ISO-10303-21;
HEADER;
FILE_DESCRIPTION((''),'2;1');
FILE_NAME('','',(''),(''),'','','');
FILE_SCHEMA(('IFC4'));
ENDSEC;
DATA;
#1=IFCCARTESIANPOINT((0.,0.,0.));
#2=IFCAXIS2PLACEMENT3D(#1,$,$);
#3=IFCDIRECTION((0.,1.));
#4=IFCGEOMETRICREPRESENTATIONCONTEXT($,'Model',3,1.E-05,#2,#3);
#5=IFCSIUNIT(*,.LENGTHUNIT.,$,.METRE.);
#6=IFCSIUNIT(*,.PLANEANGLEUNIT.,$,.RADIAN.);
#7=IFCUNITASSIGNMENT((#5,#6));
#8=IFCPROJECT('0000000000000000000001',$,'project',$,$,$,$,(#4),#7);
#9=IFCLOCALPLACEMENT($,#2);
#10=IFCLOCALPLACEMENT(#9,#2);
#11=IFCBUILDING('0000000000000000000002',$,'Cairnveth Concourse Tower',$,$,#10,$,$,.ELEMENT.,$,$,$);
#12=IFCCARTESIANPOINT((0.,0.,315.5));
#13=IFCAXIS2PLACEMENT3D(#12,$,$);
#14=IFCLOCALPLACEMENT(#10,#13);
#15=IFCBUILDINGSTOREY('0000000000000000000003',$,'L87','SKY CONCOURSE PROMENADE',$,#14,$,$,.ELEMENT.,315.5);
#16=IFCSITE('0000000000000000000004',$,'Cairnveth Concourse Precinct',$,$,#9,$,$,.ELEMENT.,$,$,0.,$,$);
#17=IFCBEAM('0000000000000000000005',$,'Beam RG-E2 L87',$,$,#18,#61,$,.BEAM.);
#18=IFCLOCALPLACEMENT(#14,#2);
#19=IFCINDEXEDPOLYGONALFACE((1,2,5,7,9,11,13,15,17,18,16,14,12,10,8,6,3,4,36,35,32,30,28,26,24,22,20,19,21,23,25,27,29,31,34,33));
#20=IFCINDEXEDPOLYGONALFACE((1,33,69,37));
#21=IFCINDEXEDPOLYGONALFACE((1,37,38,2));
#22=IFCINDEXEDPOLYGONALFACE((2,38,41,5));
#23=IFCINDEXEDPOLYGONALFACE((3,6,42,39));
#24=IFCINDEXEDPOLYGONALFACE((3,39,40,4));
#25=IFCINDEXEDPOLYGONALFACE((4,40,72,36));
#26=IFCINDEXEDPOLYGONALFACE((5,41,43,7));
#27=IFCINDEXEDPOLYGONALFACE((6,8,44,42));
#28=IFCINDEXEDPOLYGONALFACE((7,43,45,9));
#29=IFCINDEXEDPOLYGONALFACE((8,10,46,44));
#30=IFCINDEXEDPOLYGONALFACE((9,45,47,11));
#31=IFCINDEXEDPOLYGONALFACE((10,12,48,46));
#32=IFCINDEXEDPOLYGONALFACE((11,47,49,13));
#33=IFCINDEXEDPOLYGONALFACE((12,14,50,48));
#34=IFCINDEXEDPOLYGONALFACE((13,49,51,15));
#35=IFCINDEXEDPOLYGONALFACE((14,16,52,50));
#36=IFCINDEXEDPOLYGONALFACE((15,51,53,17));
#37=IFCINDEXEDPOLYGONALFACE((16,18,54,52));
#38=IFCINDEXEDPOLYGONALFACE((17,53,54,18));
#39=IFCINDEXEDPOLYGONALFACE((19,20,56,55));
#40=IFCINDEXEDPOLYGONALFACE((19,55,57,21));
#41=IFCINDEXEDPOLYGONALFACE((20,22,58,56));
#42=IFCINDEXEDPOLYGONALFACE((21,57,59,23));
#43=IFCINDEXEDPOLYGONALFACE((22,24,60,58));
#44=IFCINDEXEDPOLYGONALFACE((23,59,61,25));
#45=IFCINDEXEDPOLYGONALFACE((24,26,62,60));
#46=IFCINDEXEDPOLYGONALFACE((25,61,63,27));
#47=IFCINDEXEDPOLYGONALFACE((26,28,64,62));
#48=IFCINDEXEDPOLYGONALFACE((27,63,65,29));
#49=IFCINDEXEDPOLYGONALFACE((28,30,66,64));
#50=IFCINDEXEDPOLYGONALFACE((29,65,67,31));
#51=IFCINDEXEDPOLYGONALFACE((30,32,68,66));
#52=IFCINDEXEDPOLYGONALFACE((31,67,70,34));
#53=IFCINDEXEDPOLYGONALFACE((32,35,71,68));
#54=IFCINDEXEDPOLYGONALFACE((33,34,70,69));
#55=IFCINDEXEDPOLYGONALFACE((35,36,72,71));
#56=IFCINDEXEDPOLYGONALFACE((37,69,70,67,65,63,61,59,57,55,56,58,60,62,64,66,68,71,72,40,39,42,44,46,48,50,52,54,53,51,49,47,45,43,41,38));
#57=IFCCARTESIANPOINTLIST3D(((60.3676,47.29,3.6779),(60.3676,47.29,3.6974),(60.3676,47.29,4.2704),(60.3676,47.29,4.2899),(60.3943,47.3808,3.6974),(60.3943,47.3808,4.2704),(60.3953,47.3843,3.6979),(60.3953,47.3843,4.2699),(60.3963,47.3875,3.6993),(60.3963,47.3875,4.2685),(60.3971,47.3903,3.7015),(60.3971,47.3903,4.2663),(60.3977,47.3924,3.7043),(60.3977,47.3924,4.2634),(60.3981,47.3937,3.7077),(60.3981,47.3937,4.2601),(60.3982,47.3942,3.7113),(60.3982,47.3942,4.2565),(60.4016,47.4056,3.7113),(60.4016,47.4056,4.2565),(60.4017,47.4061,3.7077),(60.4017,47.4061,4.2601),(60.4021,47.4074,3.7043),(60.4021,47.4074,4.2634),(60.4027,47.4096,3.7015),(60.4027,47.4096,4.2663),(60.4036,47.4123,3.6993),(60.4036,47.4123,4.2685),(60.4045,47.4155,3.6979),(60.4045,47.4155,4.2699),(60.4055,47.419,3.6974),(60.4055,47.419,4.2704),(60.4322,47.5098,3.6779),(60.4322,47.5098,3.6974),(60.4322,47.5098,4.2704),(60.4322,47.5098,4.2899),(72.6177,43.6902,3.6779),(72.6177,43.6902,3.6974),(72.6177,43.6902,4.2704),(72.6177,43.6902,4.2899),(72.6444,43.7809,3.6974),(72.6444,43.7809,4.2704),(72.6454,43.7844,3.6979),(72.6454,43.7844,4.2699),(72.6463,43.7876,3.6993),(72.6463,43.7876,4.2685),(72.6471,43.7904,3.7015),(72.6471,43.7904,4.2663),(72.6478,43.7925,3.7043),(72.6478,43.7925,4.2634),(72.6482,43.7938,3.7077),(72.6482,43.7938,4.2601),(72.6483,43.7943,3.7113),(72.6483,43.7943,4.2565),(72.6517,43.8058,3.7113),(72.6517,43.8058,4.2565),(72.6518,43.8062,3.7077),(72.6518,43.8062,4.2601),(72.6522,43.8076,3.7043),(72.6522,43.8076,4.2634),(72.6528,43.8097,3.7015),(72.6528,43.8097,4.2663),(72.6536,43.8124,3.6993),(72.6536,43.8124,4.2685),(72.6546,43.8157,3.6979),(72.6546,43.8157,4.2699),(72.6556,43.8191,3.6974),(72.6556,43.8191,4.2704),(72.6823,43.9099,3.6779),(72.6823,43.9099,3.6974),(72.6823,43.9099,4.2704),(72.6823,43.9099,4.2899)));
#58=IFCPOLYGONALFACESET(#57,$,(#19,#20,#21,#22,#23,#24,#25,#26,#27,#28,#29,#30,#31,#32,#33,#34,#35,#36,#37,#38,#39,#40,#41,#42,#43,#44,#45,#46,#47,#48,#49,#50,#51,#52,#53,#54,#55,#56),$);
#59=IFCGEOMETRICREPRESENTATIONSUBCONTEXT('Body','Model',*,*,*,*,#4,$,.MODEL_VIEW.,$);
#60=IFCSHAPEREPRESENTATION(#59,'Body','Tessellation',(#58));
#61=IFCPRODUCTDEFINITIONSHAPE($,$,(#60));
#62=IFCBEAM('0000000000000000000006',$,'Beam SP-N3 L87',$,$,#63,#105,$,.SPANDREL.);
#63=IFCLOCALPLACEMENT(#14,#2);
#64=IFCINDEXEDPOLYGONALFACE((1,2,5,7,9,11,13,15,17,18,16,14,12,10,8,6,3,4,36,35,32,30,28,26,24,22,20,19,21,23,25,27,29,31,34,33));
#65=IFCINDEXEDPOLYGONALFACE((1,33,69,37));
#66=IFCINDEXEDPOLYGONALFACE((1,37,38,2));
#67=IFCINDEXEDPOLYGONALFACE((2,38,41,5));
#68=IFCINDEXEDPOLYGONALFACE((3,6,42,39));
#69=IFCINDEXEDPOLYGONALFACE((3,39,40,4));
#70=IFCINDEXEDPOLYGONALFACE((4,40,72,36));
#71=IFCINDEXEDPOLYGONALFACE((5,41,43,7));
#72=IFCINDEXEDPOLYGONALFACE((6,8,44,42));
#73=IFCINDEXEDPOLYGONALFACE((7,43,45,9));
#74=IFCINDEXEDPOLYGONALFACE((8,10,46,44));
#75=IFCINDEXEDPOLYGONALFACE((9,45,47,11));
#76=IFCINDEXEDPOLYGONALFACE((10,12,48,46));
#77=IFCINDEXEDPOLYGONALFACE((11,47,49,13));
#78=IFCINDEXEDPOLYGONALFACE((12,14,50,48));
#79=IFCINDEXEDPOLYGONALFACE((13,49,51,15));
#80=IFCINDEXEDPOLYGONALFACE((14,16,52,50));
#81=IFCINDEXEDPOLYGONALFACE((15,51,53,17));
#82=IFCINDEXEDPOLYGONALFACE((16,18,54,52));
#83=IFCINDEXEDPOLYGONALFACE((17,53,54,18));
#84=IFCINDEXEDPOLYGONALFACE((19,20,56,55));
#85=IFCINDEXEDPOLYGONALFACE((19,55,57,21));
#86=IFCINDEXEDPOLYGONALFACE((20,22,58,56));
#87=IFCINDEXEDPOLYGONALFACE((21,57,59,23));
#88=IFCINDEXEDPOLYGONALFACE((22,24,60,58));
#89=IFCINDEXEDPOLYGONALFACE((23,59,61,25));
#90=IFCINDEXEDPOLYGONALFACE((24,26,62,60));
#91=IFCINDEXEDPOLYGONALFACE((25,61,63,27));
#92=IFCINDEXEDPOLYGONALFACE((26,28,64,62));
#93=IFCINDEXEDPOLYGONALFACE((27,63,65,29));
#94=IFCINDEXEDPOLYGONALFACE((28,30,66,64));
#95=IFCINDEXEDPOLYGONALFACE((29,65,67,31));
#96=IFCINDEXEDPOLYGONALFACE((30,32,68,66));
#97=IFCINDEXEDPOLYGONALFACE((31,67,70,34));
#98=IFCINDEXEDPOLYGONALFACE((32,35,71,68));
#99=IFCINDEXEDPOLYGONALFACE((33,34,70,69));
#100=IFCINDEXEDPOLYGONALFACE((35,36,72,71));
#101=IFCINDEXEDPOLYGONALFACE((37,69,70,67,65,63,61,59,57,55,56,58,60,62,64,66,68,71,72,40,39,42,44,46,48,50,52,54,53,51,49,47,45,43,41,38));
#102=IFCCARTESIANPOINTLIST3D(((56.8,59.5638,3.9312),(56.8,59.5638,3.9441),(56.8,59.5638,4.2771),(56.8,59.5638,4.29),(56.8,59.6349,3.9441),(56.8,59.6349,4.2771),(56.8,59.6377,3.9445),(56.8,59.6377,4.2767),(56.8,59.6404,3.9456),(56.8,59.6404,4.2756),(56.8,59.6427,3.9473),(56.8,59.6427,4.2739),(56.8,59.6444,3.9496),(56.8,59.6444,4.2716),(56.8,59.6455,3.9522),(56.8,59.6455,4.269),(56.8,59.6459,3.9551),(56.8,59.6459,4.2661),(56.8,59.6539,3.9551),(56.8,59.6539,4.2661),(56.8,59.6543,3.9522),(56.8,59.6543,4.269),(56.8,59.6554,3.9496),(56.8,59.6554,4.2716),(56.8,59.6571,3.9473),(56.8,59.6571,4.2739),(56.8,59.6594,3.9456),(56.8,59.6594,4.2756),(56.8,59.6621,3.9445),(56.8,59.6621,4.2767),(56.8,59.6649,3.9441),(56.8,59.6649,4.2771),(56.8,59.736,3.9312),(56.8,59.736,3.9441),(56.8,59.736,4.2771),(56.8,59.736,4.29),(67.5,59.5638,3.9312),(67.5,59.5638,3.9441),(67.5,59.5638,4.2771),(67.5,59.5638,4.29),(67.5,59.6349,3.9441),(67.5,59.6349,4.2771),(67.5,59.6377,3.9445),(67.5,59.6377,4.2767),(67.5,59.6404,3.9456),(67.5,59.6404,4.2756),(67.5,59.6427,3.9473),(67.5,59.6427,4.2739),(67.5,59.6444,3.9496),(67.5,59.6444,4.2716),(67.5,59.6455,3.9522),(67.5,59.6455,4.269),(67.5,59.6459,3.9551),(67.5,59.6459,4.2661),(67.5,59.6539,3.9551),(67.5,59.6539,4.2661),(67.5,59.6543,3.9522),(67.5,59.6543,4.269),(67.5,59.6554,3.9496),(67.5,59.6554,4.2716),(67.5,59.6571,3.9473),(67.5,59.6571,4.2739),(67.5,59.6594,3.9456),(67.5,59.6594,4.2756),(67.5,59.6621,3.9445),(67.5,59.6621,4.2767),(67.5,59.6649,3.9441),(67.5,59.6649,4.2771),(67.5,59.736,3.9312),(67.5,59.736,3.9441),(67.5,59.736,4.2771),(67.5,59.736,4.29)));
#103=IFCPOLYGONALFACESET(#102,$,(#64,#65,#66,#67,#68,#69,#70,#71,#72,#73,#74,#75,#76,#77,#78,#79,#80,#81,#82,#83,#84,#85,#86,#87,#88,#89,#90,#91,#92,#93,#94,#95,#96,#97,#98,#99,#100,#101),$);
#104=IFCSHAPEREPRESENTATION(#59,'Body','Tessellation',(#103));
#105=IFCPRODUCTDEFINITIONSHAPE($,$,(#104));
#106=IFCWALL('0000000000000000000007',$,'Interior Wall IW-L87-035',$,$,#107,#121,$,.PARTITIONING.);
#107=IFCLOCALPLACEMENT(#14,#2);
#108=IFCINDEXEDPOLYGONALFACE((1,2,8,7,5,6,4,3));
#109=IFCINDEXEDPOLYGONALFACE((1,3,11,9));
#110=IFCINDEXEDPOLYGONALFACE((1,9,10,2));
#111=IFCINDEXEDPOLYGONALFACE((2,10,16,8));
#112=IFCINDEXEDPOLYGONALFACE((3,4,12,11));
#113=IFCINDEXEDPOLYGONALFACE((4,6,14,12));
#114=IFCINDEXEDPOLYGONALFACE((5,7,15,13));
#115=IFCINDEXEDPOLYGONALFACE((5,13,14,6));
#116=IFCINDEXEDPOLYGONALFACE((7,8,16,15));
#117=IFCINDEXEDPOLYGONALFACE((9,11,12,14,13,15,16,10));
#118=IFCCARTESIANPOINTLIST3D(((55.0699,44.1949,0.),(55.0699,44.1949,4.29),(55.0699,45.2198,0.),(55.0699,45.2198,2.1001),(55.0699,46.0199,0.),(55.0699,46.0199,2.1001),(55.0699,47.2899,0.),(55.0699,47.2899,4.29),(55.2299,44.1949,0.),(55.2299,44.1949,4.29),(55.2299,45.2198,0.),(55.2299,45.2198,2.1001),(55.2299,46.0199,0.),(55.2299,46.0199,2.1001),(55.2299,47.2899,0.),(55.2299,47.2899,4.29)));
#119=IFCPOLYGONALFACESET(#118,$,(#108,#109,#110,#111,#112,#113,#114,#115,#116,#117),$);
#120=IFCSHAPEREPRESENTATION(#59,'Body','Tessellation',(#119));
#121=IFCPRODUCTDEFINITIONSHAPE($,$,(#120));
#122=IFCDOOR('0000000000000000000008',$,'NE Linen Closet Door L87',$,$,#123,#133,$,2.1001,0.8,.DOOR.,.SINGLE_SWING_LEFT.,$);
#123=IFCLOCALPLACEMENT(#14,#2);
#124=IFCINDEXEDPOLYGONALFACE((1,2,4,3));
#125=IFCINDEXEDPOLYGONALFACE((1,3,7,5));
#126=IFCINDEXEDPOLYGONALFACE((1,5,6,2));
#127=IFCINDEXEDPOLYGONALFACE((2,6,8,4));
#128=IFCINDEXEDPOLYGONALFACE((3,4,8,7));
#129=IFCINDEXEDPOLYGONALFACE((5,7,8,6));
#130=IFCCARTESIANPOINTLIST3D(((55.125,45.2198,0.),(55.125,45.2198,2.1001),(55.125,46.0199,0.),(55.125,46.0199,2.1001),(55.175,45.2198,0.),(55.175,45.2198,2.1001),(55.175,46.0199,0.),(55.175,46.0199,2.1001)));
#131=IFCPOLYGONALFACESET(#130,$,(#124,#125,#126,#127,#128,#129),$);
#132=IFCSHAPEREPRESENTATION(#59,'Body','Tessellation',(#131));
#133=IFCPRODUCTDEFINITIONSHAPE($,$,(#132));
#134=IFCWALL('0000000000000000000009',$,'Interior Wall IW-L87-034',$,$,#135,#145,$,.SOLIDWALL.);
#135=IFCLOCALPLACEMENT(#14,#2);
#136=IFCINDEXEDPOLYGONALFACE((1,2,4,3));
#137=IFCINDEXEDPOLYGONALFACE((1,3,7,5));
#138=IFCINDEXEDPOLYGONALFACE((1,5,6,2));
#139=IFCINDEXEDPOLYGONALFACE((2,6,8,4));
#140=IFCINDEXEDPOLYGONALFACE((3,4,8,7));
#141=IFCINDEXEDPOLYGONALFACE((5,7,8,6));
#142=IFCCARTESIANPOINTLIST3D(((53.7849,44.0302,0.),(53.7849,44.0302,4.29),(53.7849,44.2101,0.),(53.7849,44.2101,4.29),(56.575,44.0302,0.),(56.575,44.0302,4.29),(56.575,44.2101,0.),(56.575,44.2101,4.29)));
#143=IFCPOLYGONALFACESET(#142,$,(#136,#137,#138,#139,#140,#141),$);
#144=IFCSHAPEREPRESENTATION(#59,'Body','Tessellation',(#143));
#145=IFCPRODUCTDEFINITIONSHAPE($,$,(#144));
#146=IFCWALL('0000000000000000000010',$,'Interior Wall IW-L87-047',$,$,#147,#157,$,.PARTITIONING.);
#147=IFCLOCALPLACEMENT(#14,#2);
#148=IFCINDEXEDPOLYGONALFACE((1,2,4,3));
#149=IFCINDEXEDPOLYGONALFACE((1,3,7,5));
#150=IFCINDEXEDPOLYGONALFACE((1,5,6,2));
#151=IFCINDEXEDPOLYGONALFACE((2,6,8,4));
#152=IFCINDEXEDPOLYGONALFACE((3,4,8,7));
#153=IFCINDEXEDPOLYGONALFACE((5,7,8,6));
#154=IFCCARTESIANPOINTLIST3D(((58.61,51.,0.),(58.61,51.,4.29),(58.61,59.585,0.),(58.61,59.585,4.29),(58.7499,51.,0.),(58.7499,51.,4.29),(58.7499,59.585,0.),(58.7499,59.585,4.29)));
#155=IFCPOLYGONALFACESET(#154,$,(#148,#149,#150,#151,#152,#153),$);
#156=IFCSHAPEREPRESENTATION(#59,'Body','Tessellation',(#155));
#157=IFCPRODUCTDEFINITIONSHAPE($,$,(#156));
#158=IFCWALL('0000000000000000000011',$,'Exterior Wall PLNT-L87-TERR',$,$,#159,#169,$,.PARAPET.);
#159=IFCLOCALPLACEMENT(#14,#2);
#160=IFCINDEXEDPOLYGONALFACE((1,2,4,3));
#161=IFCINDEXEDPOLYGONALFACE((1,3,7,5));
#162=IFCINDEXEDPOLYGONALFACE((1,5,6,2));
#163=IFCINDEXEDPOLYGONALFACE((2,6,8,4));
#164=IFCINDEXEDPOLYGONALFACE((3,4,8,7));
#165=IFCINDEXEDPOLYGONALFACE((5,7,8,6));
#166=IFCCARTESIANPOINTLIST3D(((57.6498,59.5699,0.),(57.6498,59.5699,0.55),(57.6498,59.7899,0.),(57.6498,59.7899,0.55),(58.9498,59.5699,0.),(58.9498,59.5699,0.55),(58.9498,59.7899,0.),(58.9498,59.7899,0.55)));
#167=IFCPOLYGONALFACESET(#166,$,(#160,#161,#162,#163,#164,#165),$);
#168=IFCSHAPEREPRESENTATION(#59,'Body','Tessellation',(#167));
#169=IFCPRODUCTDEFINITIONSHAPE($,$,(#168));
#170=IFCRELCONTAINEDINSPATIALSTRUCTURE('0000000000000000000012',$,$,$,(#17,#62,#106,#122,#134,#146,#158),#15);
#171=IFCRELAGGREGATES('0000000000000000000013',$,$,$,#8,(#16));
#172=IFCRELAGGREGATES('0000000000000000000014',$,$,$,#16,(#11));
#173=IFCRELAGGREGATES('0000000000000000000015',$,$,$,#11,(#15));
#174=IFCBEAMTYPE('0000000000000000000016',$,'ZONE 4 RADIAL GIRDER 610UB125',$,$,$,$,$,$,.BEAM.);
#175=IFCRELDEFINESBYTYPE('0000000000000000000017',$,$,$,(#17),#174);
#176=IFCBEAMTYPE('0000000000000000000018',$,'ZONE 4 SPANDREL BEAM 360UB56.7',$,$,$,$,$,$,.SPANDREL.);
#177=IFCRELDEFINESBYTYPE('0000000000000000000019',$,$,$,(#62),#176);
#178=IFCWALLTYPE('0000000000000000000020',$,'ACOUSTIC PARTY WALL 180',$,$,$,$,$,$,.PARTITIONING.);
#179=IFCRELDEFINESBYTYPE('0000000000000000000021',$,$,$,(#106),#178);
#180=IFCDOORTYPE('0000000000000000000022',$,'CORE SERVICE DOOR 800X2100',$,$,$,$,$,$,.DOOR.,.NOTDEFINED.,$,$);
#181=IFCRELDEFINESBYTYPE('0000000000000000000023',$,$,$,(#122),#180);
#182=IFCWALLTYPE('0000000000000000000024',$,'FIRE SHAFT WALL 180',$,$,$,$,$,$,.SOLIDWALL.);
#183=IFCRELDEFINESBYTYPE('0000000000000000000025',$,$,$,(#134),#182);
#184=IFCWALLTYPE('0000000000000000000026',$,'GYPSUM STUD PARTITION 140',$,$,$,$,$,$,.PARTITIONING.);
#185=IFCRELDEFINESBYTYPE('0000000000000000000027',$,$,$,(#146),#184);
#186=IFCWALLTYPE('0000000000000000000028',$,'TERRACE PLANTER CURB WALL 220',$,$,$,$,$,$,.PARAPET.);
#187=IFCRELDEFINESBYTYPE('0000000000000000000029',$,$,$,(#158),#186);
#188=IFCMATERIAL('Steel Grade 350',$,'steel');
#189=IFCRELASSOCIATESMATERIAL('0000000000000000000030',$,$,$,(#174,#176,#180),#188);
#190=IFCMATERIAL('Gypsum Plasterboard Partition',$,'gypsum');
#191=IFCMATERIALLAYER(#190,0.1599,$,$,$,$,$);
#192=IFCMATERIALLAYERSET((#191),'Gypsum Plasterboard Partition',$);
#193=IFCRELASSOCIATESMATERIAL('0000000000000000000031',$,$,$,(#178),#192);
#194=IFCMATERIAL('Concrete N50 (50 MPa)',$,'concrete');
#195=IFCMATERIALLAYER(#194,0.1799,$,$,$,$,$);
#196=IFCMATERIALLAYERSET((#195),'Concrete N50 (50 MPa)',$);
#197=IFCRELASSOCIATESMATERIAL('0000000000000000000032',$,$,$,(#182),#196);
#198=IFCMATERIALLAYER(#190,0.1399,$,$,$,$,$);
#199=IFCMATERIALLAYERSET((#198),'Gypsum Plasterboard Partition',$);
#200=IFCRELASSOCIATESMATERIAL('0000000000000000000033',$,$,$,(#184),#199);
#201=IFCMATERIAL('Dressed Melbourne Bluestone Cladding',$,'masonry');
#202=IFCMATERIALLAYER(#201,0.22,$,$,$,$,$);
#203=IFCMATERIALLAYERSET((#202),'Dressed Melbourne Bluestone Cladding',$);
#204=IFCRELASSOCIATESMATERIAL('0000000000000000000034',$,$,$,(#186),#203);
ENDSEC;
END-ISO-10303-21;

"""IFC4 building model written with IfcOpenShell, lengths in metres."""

from ifc_helpers import new_model, si_unit, direction, frame, frame_2d, origin, origin_2d, place, context, subcontext, project, spatial, rectangle, i_section, extrude, material, layer, layer_set, material_profile, profile_set, type_object, element, fill, save


model = new_model("IFC4")

# Units and contexts
model_context = context("Model", 3, precision=1e-05, world=origin(), true_north=direction((0.0, 1.0)))
body_context = subcontext(model_context, "Body", "Model", "MODEL_VIEW")
ifc_project = project(units=[si_unit("LENGTHUNIT", "METRE"), si_unit("PLANEANGLEUNIT", "RADIAN")], contexts=[model_context])

# Site, building, storey
site_placement = place(None, origin())
site = spatial("IfcSite", under=ifc_project, at=site_placement, Name="Cairnveth Concourse Precinct", CompositionType="ELEMENT", RefElevation=0.0)
building_placement = place(site_placement, origin())
building = spatial("IfcBuilding", under=site, at=building_placement, Name="Cairnveth Concourse Tower", CompositionType="ELEMENT")
storey_placement = place(building_placement, frame((0.0, 0.0, 315.5)))
storey = spatial("IfcBuildingStorey", under=building, at=storey_placement, Name="L87", Description="SKY CONCOURSE PROMENADE", CompositionType="ELEMENT", Elevation=315.5)

# Shared definitions
ifc_material_1 = material(Name="Concrete N50 (50 MPa)", Category="concrete")
ifc_material_2 = material(Name="Steel Grade 350", Category="steel")

# Beams
ifc_material_profile_1 = material_profile(ifc_material_2, i_section(OverallWidth=0.229, OverallDepth=0.6121, WebThickness=0.012, FlangeThickness=0.0195, FilletRadius=0.0139, at=origin_2d()), Name="610UB125")
ifc_profile_set_1 = profile_set([ifc_material_profile_1], Name="Steel Grade 350")
beam_type_1 = type_object("IfcBeamType", Name="ZONE 4 RADIAL GIRDER 610UB125", PredefinedType="BEAM", material=ifc_profile_set_1)
beam_1_placement = place(storey_placement, frame((60.3999, 47.3999, 3.9839), z_axis=(0.959431, -0.281944, 0.0), x_axis=(0.281944, 0.959431, 0.0)))
element("IfcBeam", 1, at=beam_1_placement, inside=storey, type_object=beam_type_1, Name="Beam RG-E2 L87", PredefinedType="BEAM", context=body_context, shape_type="SweptSolid", body=[
    extrude(i_section(OverallWidth=0.229, OverallDepth=0.6121, WebThickness=0.012, FlangeThickness=0.0195, FilletRadius=0.0139, at=origin_2d()), origin(), (0.0, 0.0, 1.0), 12.7681),
])
ifc_material_profile_2 = material_profile(ifc_material_2, i_section(OverallWidth=0.1721, OverallDepth=0.3589, WebThickness=0.0081, FlangeThickness=0.0129, FilletRadius=0.011, at=origin_2d()), Name="360UB56.7")
ifc_profile_set_2 = profile_set([ifc_material_profile_2], Name="Steel Grade 350")
beam_type_2 = type_object("IfcBeamType", Name="ZONE 4 SPANDREL BEAM 360UB56.7", PredefinedType="SPANDREL", material=ifc_profile_set_2)
beam_2_placement = place(storey_placement, frame((56.8, 59.6499, 4.1106), z_axis=(1.0, 0.0, 0.0), x_axis=(0.0, 1.0, 0.0)))
element("IfcBeam", 2, at=beam_2_placement, inside=storey, type_object=beam_type_2, Name="Beam SP-N3 L87", PredefinedType="SPANDREL", context=body_context, shape_type="SweptSolid", body=[
    extrude(i_section(OverallWidth=0.1721, OverallDepth=0.3589, WebThickness=0.0081, FlangeThickness=0.0129, FilletRadius=0.011, at=origin_2d()), origin(), (0.0, 0.0, 1.0), 10.7),
])

# Wall, opening, door
ifc_material_3 = material(Name="Gypsum Plasterboard Partition", Category="gypsum")
ifc_layer_1 = layer(ifc_material_3, 0.1599)
ifc_layer_set_1 = layer_set([ifc_layer_1], Name="Gypsum Plasterboard Partition")
wall_type_1 = type_object("IfcWallType", Name="ACOUSTIC PARTY WALL 180", PredefinedType="PARTITIONING", material=ifc_layer_set_1)
wall_1_placement = place(storey_placement, frame((55.1499, 44.1951, 0.0), z_axis=(0.0, 0.0, 1.0), x_axis=(0.0, 1.0, 0.0)))
wall_1 = element("IfcWall", 3, at=wall_1_placement, inside=storey, type_object=wall_type_1, Name="Interior Wall IW-L87-035", PredefinedType="PARTITIONING", context=body_context, shape_type="SweptSolid", body=[
    extrude(rectangle(XDim=3.095, YDim=0.1599, at=frame_2d((1.5474, 0.0))), origin(), (0.0, 0.0, 1.0), 4.29),
])
opening_1_placement = place(wall_1_placement, frame((1.0249, 0.0, 0.0)))
opening_1 = element("IfcOpeningElement", 4, at=opening_1_placement, cuts=wall_1, PredefinedType="OPENING", context=body_context, shape_type="SweptSolid", body=[
    extrude(rectangle(XDim=0.8, YDim=2.1001, at=frame_2d((0.3999, 1.05))), frame((0.0, 0.0898, 0.0), z_axis=(0.0, -1.0, 0.0), x_axis=(1.0, 0.0, 0.0)), (0.0, 0.0, 1.0), 0.1799),
])
door_type_1 = type_object("IfcDoorType", Name="CORE SERVICE DOOR 800X2100", OperationType="NOTDEFINED", PredefinedType="DOOR", material=ifc_material_2)
door_1_placement = place(opening_1_placement, origin())
door_1 = element("IfcDoor", 5, at=door_1_placement, inside=storey, type_object=door_type_1, Name="NE Linen Closet Door L87", OperationType="SINGLE_SWING_LEFT", OverallHeight=2.1001, OverallWidth=0.8, PredefinedType="DOOR", context=body_context, shape_type="SweptSolid", body=[
    extrude(rectangle(XDim=0.8, YDim=2.1001, at=frame_2d((0.3999, 1.05))), frame((0.0, 0.0249, 0.0), z_axis=(0.0, -1.0, 0.0), x_axis=(1.0, 0.0, 0.0)), (0.0, 0.0, 1.0), 0.05),
])
fill(opening_1, door_1)

# Walls
ifc_layer_2 = layer(ifc_material_1, 0.1799)
ifc_layer_set_2 = layer_set([ifc_layer_2], Name="Concrete N50 (50 MPa)")
wall_type_2 = type_object("IfcWallType", Name="FIRE SHAFT WALL 180", PredefinedType="SOLIDWALL", material=ifc_layer_set_2)
wall_2_placement = place(storey_placement, frame((53.7849, 44.1201, 0.0), z_axis=(0.0, 0.0, 1.0), x_axis=(1.0, 0.0, 0.0)))
element("IfcWall", 6, at=wall_2_placement, inside=storey, type_object=wall_type_2, Name="Interior Wall IW-L87-034", PredefinedType="SOLIDWALL", context=body_context, shape_type="SweptSolid", body=[
    extrude(rectangle(XDim=2.79, YDim=0.1799, at=frame_2d((1.395, 0.0))), origin(), (0.0, 0.0, 1.0), 4.29),
])
ifc_layer_3 = layer(ifc_material_3, 0.1399)
ifc_layer_set_3 = layer_set([ifc_layer_3], Name="Gypsum Plasterboard Partition")
wall_type_3 = type_object("IfcWallType", Name="GYPSUM STUD PARTITION 140", PredefinedType="PARTITIONING", material=ifc_layer_set_3)
wall_3_placement = place(storey_placement, frame((58.6799, 51.0, 0.0), z_axis=(0.0, 0.0, 1.0), x_axis=(0.0, 1.0, 0.0)))
element("IfcWall", 7, at=wall_3_placement, inside=storey, type_object=wall_type_3, Name="Interior Wall IW-L87-047", PredefinedType="PARTITIONING", context=body_context, shape_type="SweptSolid", body=[
    extrude(rectangle(XDim=8.585, YDim=0.1399, at=frame_2d((4.2925, 0.0))), origin(), (0.0, 0.0, 1.0), 4.29),
])
ifc_material_4 = material(Name="Dressed Melbourne Bluestone Cladding", Category="masonry")
ifc_layer_4 = layer(ifc_material_4, 0.22)
ifc_layer_set_4 = layer_set([ifc_layer_4], Name="Dressed Melbourne Bluestone Cladding")
wall_type_4 = type_object("IfcWallType", Name="TERRACE PLANTER CURB WALL 220", PredefinedType="PARAPET", material=ifc_layer_set_4)
wall_4_placement = place(storey_placement, frame((57.6499, 59.6799, 0.0), z_axis=(0.0, 0.0, 1.0), x_axis=(1.0, 0.0, 0.0)))
element("IfcWall", 8, at=wall_4_placement, inside=storey, type_object=wall_type_4, Name="Exterior Wall PLNT-L87-TERR", PredefinedType="PARAPET", context=body_context, shape_type="SweptSolid", body=[
    extrude(rectangle(XDim=1.3, YDim=0.22, at=frame_2d((0.6499, 0.0))), origin(), (0.0, 0.0, 1.0), 0.55),
])

save(model, "model.ifc")
